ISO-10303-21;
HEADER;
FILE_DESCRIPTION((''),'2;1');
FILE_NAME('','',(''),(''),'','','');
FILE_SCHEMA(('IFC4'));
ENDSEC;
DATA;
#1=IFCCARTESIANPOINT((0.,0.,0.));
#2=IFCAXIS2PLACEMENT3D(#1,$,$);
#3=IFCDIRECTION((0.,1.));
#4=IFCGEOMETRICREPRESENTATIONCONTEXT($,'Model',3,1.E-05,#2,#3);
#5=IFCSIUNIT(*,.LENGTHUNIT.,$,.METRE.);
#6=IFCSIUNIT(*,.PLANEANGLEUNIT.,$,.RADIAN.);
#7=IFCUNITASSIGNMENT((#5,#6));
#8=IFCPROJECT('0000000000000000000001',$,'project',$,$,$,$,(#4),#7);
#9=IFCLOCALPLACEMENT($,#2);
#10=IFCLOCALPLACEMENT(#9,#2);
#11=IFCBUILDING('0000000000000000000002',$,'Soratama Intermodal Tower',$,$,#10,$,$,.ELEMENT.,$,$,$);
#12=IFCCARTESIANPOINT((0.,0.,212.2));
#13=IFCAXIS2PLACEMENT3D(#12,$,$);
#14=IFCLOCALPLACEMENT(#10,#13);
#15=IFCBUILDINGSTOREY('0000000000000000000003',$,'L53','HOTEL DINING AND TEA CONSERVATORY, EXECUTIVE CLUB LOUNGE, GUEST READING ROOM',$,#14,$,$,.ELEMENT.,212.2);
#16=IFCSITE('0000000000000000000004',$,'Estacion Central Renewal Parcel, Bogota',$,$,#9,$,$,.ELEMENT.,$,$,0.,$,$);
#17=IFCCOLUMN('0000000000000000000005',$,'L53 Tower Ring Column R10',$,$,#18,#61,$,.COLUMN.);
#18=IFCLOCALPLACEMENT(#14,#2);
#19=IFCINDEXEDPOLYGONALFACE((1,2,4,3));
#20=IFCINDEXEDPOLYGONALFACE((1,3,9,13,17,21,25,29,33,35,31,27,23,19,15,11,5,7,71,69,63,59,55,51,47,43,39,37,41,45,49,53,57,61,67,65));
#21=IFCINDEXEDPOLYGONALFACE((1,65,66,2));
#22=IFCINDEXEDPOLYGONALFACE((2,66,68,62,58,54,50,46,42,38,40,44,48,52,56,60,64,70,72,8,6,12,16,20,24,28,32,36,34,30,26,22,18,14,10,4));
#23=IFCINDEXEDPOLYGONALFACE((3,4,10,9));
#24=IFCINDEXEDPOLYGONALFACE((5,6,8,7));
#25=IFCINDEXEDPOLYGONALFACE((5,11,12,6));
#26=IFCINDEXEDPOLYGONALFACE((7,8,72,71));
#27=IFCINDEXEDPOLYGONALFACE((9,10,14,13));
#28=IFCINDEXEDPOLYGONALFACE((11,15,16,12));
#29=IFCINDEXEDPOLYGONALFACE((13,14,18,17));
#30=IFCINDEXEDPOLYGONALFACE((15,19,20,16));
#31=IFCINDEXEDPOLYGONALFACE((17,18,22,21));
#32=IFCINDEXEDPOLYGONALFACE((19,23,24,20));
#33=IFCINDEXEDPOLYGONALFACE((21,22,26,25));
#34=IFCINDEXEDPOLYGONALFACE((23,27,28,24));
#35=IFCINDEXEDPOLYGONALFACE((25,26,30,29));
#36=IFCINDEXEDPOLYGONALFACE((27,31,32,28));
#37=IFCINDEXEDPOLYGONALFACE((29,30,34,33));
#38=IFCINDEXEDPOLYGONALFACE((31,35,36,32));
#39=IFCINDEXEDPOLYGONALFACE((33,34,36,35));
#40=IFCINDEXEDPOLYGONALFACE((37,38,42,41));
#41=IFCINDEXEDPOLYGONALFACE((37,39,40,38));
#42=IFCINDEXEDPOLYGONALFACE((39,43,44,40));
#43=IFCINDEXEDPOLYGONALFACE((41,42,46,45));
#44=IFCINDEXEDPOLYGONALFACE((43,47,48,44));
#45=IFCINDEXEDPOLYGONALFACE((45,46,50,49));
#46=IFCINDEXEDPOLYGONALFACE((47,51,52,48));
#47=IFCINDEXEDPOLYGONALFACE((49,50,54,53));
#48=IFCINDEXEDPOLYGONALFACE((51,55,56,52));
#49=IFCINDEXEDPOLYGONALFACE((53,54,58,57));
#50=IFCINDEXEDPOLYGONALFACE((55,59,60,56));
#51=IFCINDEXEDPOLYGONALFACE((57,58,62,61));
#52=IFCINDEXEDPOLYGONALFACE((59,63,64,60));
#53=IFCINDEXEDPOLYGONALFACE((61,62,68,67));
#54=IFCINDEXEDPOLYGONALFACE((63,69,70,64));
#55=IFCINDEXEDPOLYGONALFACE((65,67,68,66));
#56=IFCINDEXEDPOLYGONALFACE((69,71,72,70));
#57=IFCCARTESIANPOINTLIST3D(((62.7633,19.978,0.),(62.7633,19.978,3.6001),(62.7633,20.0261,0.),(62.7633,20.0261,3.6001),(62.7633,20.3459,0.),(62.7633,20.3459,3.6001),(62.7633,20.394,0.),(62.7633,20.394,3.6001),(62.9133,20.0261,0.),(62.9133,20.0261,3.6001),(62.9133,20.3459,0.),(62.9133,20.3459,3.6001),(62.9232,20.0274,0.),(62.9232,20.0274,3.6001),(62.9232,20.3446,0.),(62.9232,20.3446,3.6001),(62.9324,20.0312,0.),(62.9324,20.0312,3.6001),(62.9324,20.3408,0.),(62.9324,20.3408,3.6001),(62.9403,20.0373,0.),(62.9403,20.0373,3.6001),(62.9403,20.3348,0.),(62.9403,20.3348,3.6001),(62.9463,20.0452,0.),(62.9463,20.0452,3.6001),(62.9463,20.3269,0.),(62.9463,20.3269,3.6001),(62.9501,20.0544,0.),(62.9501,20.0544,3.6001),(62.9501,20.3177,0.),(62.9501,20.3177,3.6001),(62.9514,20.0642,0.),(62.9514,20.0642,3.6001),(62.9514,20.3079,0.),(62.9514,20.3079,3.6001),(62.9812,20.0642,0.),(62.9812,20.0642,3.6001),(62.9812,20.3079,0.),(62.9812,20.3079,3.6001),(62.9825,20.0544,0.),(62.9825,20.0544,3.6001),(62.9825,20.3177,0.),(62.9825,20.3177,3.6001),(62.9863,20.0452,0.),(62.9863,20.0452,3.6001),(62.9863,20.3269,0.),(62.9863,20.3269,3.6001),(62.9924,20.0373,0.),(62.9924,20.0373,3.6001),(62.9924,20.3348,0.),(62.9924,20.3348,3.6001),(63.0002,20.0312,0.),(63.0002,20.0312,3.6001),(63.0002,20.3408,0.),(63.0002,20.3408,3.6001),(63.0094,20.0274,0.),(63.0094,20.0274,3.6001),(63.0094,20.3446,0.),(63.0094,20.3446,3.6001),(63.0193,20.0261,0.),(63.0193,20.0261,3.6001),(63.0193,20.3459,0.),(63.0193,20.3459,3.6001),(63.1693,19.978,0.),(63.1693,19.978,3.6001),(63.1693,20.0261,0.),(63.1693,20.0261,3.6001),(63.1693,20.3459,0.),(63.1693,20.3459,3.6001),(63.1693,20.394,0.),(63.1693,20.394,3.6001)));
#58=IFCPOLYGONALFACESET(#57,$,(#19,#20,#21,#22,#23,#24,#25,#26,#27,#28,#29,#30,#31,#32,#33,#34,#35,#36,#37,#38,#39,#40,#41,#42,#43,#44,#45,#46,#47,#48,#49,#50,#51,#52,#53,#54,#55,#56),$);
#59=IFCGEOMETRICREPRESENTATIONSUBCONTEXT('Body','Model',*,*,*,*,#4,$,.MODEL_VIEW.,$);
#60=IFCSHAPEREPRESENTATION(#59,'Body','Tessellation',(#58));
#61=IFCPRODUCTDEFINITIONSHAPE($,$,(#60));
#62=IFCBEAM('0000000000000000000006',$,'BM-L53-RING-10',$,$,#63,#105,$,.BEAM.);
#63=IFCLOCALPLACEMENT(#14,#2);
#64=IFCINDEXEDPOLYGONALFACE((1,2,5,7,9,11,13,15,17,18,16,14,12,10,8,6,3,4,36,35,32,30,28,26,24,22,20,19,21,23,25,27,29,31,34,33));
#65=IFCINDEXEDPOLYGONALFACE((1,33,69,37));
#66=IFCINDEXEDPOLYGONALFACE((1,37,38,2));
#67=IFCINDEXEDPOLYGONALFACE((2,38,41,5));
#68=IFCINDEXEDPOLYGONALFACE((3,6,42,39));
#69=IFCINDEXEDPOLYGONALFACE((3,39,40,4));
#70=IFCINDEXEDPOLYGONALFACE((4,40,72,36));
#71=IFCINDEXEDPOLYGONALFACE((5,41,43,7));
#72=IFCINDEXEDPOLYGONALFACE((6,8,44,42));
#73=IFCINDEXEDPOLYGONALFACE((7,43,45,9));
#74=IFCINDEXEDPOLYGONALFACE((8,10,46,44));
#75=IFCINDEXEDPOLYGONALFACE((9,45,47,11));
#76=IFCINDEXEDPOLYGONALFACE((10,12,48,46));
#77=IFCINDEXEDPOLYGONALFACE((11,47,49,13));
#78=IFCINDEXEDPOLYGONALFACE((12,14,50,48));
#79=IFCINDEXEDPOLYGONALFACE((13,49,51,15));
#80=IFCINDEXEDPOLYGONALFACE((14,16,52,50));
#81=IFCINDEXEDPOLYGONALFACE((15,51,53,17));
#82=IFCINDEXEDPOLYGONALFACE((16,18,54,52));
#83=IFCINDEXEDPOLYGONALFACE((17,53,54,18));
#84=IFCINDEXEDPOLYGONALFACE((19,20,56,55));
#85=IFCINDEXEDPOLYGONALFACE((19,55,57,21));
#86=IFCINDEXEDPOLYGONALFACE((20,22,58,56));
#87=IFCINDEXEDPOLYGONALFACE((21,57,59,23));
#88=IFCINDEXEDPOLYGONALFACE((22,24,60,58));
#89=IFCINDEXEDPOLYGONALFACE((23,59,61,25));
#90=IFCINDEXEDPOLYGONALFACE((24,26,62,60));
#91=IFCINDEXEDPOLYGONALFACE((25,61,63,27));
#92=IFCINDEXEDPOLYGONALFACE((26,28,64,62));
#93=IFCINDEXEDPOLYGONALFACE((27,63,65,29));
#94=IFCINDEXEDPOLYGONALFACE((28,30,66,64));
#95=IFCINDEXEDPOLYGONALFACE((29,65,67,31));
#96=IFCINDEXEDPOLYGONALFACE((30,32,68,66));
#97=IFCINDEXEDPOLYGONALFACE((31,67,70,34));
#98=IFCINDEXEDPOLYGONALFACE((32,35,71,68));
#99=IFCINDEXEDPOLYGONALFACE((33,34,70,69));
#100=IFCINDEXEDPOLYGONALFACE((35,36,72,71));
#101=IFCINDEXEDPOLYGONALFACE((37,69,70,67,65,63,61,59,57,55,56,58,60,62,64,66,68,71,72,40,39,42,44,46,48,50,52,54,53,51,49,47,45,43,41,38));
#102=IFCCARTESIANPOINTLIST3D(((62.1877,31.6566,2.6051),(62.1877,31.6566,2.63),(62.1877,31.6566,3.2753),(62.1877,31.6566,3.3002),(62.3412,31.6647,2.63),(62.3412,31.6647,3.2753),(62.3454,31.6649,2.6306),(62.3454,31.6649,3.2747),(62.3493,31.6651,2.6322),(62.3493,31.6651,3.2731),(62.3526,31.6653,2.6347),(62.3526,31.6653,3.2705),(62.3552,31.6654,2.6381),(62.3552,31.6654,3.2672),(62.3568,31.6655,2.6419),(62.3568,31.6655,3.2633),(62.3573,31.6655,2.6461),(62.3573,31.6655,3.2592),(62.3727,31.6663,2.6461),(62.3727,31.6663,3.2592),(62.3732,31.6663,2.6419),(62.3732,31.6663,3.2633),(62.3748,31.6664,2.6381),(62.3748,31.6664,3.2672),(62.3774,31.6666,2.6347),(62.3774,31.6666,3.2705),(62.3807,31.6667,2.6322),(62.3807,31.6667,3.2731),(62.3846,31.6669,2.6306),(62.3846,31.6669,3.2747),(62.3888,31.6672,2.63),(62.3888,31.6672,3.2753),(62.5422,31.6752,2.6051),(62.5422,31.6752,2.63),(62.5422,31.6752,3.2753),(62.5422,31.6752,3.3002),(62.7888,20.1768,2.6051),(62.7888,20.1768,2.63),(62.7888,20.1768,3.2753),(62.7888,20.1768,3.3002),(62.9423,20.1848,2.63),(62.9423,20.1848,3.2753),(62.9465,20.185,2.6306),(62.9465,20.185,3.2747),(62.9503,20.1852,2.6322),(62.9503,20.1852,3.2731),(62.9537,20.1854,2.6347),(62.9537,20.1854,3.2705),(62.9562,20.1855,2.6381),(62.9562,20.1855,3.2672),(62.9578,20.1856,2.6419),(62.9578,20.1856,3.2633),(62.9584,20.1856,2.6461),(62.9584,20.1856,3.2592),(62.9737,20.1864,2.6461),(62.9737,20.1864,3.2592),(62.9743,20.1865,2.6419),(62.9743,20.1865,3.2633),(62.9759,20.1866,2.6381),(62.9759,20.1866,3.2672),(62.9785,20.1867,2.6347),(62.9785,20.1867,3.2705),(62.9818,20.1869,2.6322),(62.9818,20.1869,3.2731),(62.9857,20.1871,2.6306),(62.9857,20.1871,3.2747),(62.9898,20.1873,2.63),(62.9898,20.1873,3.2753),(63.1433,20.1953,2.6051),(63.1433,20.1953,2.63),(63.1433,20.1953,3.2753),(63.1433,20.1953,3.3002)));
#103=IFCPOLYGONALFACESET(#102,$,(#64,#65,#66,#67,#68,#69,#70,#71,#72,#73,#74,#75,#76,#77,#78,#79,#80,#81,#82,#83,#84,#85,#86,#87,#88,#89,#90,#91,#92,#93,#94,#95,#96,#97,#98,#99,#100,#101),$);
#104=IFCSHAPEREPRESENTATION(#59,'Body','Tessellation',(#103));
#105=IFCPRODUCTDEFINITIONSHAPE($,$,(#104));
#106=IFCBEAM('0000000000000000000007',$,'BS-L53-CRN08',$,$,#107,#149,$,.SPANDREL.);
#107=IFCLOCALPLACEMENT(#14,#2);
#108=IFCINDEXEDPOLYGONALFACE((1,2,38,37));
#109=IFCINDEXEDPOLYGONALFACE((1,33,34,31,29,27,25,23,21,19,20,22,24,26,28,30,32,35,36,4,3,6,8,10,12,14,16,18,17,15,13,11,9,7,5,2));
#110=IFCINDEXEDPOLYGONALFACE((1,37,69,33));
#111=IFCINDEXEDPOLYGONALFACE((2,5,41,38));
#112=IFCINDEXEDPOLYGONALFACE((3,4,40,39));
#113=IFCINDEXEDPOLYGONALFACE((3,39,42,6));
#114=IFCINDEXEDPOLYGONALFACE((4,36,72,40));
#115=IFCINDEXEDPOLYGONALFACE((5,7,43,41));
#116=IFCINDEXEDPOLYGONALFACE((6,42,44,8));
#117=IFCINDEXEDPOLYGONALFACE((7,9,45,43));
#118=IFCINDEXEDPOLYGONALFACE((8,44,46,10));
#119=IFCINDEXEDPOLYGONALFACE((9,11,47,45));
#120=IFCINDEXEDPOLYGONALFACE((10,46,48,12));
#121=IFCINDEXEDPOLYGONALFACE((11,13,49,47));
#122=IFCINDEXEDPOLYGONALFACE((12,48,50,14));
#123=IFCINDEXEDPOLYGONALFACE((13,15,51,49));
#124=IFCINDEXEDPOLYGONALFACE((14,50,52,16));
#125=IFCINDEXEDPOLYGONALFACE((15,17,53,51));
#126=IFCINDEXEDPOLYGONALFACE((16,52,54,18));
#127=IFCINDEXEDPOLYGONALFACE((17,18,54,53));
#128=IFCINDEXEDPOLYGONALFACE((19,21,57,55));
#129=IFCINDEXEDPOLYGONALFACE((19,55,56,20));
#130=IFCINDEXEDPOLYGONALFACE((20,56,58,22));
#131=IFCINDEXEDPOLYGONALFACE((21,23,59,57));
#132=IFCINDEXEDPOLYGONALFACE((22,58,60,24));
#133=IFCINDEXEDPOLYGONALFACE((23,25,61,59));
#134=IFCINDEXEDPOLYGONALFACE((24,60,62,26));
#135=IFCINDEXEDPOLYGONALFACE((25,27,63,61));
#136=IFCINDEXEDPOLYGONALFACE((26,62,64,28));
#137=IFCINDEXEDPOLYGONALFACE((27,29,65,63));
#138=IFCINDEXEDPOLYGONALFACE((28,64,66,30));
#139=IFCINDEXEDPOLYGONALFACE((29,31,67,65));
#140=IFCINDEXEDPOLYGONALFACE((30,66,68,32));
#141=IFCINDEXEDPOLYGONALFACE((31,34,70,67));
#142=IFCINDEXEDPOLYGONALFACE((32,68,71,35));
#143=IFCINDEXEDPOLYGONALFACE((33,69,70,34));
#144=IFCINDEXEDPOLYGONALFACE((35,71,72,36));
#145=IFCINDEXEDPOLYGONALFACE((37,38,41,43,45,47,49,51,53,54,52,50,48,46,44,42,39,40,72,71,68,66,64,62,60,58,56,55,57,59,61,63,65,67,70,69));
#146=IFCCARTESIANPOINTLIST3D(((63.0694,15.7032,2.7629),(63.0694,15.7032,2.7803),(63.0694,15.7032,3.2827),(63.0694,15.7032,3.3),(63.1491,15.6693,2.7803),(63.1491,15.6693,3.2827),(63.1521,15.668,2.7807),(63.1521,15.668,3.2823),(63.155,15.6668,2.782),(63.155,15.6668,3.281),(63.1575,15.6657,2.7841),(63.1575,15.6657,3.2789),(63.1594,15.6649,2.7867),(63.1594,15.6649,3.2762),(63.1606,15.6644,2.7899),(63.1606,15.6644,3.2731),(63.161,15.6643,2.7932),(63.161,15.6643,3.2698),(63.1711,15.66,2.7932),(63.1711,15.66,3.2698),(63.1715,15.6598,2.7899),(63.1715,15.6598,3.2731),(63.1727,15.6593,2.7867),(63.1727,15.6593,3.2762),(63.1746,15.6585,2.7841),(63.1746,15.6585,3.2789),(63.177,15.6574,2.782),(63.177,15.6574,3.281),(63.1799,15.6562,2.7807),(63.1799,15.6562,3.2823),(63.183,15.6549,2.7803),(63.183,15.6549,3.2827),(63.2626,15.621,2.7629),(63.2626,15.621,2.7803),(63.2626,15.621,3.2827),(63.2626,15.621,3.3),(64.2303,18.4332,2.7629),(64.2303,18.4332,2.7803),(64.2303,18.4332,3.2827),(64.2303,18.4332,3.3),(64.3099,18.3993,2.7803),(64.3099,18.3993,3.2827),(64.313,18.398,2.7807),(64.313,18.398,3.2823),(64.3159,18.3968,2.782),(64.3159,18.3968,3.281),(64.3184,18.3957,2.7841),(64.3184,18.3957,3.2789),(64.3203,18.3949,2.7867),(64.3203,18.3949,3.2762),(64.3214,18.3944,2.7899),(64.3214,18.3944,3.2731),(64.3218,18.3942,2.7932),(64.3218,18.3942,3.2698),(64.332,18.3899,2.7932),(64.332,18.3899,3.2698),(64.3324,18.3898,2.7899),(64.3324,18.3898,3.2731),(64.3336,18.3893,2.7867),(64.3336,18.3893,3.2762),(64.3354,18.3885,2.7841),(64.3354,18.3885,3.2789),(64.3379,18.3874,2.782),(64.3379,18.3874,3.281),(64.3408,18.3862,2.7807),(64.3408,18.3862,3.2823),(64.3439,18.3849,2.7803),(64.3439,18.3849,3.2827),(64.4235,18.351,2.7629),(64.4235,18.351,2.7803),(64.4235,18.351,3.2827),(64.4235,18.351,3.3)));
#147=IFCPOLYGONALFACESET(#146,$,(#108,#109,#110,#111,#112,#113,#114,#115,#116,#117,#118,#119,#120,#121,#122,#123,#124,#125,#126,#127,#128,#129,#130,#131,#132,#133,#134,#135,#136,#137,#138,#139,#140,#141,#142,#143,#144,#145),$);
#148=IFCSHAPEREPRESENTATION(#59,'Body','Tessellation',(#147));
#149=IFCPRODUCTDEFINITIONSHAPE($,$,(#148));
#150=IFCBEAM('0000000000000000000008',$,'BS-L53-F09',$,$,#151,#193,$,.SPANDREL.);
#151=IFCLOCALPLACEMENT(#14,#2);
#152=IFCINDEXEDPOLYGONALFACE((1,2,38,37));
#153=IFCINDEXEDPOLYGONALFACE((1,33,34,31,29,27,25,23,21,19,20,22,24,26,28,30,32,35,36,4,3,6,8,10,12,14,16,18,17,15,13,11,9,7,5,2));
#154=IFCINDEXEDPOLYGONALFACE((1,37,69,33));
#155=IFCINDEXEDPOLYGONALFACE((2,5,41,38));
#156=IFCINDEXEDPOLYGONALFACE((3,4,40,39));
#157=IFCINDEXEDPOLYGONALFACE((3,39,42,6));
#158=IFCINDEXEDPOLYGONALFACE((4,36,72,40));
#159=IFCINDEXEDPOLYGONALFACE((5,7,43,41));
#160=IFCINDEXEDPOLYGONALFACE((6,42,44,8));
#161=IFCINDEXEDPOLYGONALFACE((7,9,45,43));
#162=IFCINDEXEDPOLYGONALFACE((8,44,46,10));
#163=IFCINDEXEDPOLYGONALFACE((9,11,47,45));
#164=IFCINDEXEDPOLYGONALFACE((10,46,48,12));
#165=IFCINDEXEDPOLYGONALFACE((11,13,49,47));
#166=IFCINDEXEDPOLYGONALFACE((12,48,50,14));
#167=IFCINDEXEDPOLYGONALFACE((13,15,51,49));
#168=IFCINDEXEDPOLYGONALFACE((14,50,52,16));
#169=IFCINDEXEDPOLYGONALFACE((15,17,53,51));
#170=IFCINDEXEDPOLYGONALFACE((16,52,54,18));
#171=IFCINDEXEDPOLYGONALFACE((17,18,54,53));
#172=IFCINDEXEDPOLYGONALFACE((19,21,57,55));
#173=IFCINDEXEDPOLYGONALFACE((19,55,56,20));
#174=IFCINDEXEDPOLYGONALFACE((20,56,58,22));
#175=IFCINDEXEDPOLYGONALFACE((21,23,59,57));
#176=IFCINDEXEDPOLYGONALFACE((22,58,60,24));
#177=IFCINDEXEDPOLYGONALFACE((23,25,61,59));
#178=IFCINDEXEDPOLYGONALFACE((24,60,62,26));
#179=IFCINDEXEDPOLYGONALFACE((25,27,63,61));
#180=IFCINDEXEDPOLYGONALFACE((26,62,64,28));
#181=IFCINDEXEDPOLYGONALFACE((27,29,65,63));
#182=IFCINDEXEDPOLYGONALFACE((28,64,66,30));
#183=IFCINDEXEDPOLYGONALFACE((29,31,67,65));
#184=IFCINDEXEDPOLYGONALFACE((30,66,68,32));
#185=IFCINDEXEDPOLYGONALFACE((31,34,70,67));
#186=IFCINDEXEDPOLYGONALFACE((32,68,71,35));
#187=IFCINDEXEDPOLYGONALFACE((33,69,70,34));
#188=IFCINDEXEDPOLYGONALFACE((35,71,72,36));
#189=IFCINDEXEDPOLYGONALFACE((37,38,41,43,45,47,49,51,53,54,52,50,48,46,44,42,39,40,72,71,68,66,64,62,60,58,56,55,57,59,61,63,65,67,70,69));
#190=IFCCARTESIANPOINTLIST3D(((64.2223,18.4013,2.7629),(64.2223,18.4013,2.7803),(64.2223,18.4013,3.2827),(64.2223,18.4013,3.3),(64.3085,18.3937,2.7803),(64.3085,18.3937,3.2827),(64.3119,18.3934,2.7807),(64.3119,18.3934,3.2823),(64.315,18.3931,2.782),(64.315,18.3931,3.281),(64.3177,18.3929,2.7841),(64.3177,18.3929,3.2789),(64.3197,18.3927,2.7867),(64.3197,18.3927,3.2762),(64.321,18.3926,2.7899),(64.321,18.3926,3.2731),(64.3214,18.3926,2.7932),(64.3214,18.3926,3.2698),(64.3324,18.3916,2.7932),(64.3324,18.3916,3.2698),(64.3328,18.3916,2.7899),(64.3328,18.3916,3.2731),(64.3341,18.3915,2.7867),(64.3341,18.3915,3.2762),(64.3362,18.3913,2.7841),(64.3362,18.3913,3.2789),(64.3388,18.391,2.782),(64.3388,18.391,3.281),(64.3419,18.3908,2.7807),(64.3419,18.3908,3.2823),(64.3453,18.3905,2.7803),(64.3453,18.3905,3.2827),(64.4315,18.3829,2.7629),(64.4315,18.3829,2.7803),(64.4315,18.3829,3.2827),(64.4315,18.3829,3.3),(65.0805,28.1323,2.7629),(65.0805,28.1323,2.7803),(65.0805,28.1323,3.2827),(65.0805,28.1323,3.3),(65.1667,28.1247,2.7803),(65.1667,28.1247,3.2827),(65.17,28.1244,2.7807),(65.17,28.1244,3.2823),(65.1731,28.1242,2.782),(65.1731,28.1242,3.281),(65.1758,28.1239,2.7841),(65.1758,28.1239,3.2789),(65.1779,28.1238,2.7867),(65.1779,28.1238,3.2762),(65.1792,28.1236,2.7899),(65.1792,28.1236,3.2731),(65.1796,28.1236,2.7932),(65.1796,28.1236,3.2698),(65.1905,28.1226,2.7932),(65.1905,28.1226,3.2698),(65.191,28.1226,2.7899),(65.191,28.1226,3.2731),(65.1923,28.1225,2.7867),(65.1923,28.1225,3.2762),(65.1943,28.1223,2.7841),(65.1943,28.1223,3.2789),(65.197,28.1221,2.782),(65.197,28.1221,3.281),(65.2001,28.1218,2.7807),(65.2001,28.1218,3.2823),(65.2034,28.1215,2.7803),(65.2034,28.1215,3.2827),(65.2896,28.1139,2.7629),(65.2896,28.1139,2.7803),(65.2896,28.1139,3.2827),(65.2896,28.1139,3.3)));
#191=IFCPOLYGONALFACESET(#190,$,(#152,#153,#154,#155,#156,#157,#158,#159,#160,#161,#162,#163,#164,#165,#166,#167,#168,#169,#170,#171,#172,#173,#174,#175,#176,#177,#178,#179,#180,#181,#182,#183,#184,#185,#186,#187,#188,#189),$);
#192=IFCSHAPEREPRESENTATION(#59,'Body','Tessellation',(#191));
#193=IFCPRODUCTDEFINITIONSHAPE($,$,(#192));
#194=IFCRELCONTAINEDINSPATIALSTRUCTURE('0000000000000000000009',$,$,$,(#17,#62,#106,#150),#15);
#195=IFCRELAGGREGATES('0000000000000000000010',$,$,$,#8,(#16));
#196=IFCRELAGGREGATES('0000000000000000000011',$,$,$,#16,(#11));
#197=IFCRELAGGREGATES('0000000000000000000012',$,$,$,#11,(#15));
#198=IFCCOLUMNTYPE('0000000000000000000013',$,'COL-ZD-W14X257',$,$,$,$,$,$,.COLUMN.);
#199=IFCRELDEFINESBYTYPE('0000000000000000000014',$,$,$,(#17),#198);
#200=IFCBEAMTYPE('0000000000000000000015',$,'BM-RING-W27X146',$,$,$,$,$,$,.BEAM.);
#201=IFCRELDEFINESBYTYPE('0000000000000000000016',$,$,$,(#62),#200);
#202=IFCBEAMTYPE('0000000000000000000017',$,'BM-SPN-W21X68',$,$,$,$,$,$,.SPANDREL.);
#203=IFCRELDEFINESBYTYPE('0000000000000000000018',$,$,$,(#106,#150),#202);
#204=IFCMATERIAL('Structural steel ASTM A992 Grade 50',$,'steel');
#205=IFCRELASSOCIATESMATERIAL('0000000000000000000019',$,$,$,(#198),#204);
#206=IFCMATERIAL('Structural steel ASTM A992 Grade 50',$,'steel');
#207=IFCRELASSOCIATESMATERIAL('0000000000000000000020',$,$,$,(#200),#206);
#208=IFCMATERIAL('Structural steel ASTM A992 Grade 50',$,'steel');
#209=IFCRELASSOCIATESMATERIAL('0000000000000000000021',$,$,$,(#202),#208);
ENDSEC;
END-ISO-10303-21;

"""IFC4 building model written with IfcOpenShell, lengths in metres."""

from ifc_helpers import new_model, si_unit, direction, frame, origin, origin_2d, place, context, subcontext, project, spatial, i_section, extrude, material, material_profile, profile_set, type_object, element, save


model = new_model("IFC4")

# Units and contexts
model_context = context("Model", 3, precision=1e-05, world=origin(), true_north=direction((0.0, 1.0)))
body_context = subcontext(model_context, "Body", "Model", "MODEL_VIEW")
ifc_project = project(units=[si_unit("LENGTHUNIT", "METRE"), si_unit("PLANEANGLEUNIT", "RADIAN")], contexts=[model_context])

# Site, building, storey
site_placement = place(None, origin())
site = spatial("IfcSite", under=ifc_project, at=site_placement, Name="Estacion Central Renewal Parcel, Bogota", CompositionType="ELEMENT", RefElevation=0.0)
building_placement = place(site_placement, origin())
building = spatial("IfcBuilding", under=site, at=building_placement, Name="Soratama Intermodal Tower", CompositionType="ELEMENT")
storey_placement = place(building_placement, frame((0.0, 0.0, 212.2)))
storey = spatial("IfcBuildingStorey", under=building, at=storey_placement, Name="L53", Description="HOTEL DINING AND TEA CONSERVATORY, EXECUTIVE CLUB LOUNGE, GUEST READING ROOM", CompositionType="ELEMENT", Elevation=212.2)

# Column
ifc_material_1 = material(Name="Structural steel ASTM A992 Grade 50", Category="steel")
ifc_material_profile_1 = material_profile(ifc_material_1, i_section(OverallWidth=0.406, OverallDepth=0.416, WebThickness=0.0298, FlangeThickness=0.0481, FilletRadius=0.0381, at=origin_2d()), Name="W14X257")
ifc_profile_set_1 = profile_set([ifc_material_profile_1], Name="Structural steel ASTM A992 Grade 50")
column_type = type_object("IfcColumnType", Name="COL-ZD-W14X257", PredefinedType="COLUMN", material=ifc_profile_set_1)
column_placement = place(storey_placement, frame((62.9663, 20.186, 0.0), z_axis=(0.0, 0.0, 1.0), x_axis=(1.0, 0.0, 0.0)))
element("IfcColumn", 1, at=column_placement, inside=storey, type_object=column_type, Name="L53 Tower Ring Column R10", PredefinedType="COLUMN", context=body_context, shape_type="SweptSolid", body=[
    extrude(i_section(OverallWidth=0.406, OverallDepth=0.416, WebThickness=0.0298, FlangeThickness=0.0481, FilletRadius=0.0381, at=origin_2d()), origin(), (0.0, 0.0, 1.0), 3.6001),
])

# Beams
ifc_material_2 = material(Name="Structural steel ASTM A992 Grade 50", Category="steel")
ifc_material_profile_2 = material_profile(ifc_material_2, i_section(OverallWidth=0.355, OverallDepth=0.6951, WebThickness=0.0154, FlangeThickness=0.0249, FilletRadius=0.0161, at=origin_2d()), Name="W27X146")
ifc_profile_set_2 = profile_set([ifc_material_profile_2], Name="Structural steel ASTM A992 Grade 50")
beam_type_1 = type_object("IfcBeamType", Name="BM-RING-W27X146", PredefinedType="BEAM", material=ifc_profile_set_2)
beam_1_placement = place(storey_placement, frame((62.9661, 20.186, 2.9526), z_axis=(-0.052287, 0.998632, 0.0), x_axis=(-0.998632, -0.052287, 0.0)))
element("IfcBeam", 2, at=beam_1_placement, inside=storey, type_object=beam_type_1, Name="BM-L53-RING-10", PredefinedType="BEAM", context=body_context, shape_type="SweptSolid", body=[
    extrude(i_section(OverallWidth=0.355, OverallDepth=0.6951, WebThickness=0.0154, FlangeThickness=0.0249, FilletRadius=0.0161, at=origin_2d()), origin(), (0.0, 0.0, 1.0), 11.4956),
])
ifc_material_3 = material(Name="Structural steel ASTM A992 Grade 50", Category="steel")
ifc_material_profile_3 = material_profile(ifc_material_3, i_section(OverallWidth=0.21, OverallDepth=0.5371, WebThickness=0.011, FlangeThickness=0.0173, FilletRadius=0.0129, at=origin_2d()), Name="W21X68")
ifc_profile_set_3 = profile_set([ifc_material_profile_3], Name="Structural steel ASTM A992 Grade 50")
beam_type_2 = type_object("IfcBeamType", Name="BM-SPN-W21X68", PredefinedType="SPANDREL", material=ifc_profile_set_3)
beam_2_placement = place(storey_placement, frame((63.166, 15.6621, 3.0315), z_axis=(0.391325, 0.920252, 0.0), x_axis=(-0.920252, 0.391325, 0.0)))
element("IfcBeam", 3, at=beam_2_placement, inside=storey, type_object=beam_type_2, Name="BS-L53-CRN08", PredefinedType="SPANDREL", context=body_context, shape_type="SweptSolid", body=[
    extrude(i_section(OverallWidth=0.21, OverallDepth=0.5371, WebThickness=0.011, FlangeThickness=0.0173, FilletRadius=0.0129, at=origin_2d()), origin(), (0.0, 0.0, 1.0), 2.9666),
])
beam_3_placement = place(storey_placement, frame((64.3269, 18.3921, 3.0315), z_axis=(0.087847, 0.996134, 0.0), x_axis=(-0.996134, 0.087847, 0.0)))
element("IfcBeam", 4, at=beam_3_placement, inside=storey, type_object=beam_type_2, Name="BS-L53-F09", PredefinedType="SPANDREL", context=body_context, shape_type="SweptSolid", body=[
    extrude(i_section(OverallWidth=0.21, OverallDepth=0.5371, WebThickness=0.011, FlangeThickness=0.0173, FilletRadius=0.0129, at=origin_2d()), origin(), (0.0, 0.0, 1.0), 9.7688),
])

save(model, "model.ifc")
